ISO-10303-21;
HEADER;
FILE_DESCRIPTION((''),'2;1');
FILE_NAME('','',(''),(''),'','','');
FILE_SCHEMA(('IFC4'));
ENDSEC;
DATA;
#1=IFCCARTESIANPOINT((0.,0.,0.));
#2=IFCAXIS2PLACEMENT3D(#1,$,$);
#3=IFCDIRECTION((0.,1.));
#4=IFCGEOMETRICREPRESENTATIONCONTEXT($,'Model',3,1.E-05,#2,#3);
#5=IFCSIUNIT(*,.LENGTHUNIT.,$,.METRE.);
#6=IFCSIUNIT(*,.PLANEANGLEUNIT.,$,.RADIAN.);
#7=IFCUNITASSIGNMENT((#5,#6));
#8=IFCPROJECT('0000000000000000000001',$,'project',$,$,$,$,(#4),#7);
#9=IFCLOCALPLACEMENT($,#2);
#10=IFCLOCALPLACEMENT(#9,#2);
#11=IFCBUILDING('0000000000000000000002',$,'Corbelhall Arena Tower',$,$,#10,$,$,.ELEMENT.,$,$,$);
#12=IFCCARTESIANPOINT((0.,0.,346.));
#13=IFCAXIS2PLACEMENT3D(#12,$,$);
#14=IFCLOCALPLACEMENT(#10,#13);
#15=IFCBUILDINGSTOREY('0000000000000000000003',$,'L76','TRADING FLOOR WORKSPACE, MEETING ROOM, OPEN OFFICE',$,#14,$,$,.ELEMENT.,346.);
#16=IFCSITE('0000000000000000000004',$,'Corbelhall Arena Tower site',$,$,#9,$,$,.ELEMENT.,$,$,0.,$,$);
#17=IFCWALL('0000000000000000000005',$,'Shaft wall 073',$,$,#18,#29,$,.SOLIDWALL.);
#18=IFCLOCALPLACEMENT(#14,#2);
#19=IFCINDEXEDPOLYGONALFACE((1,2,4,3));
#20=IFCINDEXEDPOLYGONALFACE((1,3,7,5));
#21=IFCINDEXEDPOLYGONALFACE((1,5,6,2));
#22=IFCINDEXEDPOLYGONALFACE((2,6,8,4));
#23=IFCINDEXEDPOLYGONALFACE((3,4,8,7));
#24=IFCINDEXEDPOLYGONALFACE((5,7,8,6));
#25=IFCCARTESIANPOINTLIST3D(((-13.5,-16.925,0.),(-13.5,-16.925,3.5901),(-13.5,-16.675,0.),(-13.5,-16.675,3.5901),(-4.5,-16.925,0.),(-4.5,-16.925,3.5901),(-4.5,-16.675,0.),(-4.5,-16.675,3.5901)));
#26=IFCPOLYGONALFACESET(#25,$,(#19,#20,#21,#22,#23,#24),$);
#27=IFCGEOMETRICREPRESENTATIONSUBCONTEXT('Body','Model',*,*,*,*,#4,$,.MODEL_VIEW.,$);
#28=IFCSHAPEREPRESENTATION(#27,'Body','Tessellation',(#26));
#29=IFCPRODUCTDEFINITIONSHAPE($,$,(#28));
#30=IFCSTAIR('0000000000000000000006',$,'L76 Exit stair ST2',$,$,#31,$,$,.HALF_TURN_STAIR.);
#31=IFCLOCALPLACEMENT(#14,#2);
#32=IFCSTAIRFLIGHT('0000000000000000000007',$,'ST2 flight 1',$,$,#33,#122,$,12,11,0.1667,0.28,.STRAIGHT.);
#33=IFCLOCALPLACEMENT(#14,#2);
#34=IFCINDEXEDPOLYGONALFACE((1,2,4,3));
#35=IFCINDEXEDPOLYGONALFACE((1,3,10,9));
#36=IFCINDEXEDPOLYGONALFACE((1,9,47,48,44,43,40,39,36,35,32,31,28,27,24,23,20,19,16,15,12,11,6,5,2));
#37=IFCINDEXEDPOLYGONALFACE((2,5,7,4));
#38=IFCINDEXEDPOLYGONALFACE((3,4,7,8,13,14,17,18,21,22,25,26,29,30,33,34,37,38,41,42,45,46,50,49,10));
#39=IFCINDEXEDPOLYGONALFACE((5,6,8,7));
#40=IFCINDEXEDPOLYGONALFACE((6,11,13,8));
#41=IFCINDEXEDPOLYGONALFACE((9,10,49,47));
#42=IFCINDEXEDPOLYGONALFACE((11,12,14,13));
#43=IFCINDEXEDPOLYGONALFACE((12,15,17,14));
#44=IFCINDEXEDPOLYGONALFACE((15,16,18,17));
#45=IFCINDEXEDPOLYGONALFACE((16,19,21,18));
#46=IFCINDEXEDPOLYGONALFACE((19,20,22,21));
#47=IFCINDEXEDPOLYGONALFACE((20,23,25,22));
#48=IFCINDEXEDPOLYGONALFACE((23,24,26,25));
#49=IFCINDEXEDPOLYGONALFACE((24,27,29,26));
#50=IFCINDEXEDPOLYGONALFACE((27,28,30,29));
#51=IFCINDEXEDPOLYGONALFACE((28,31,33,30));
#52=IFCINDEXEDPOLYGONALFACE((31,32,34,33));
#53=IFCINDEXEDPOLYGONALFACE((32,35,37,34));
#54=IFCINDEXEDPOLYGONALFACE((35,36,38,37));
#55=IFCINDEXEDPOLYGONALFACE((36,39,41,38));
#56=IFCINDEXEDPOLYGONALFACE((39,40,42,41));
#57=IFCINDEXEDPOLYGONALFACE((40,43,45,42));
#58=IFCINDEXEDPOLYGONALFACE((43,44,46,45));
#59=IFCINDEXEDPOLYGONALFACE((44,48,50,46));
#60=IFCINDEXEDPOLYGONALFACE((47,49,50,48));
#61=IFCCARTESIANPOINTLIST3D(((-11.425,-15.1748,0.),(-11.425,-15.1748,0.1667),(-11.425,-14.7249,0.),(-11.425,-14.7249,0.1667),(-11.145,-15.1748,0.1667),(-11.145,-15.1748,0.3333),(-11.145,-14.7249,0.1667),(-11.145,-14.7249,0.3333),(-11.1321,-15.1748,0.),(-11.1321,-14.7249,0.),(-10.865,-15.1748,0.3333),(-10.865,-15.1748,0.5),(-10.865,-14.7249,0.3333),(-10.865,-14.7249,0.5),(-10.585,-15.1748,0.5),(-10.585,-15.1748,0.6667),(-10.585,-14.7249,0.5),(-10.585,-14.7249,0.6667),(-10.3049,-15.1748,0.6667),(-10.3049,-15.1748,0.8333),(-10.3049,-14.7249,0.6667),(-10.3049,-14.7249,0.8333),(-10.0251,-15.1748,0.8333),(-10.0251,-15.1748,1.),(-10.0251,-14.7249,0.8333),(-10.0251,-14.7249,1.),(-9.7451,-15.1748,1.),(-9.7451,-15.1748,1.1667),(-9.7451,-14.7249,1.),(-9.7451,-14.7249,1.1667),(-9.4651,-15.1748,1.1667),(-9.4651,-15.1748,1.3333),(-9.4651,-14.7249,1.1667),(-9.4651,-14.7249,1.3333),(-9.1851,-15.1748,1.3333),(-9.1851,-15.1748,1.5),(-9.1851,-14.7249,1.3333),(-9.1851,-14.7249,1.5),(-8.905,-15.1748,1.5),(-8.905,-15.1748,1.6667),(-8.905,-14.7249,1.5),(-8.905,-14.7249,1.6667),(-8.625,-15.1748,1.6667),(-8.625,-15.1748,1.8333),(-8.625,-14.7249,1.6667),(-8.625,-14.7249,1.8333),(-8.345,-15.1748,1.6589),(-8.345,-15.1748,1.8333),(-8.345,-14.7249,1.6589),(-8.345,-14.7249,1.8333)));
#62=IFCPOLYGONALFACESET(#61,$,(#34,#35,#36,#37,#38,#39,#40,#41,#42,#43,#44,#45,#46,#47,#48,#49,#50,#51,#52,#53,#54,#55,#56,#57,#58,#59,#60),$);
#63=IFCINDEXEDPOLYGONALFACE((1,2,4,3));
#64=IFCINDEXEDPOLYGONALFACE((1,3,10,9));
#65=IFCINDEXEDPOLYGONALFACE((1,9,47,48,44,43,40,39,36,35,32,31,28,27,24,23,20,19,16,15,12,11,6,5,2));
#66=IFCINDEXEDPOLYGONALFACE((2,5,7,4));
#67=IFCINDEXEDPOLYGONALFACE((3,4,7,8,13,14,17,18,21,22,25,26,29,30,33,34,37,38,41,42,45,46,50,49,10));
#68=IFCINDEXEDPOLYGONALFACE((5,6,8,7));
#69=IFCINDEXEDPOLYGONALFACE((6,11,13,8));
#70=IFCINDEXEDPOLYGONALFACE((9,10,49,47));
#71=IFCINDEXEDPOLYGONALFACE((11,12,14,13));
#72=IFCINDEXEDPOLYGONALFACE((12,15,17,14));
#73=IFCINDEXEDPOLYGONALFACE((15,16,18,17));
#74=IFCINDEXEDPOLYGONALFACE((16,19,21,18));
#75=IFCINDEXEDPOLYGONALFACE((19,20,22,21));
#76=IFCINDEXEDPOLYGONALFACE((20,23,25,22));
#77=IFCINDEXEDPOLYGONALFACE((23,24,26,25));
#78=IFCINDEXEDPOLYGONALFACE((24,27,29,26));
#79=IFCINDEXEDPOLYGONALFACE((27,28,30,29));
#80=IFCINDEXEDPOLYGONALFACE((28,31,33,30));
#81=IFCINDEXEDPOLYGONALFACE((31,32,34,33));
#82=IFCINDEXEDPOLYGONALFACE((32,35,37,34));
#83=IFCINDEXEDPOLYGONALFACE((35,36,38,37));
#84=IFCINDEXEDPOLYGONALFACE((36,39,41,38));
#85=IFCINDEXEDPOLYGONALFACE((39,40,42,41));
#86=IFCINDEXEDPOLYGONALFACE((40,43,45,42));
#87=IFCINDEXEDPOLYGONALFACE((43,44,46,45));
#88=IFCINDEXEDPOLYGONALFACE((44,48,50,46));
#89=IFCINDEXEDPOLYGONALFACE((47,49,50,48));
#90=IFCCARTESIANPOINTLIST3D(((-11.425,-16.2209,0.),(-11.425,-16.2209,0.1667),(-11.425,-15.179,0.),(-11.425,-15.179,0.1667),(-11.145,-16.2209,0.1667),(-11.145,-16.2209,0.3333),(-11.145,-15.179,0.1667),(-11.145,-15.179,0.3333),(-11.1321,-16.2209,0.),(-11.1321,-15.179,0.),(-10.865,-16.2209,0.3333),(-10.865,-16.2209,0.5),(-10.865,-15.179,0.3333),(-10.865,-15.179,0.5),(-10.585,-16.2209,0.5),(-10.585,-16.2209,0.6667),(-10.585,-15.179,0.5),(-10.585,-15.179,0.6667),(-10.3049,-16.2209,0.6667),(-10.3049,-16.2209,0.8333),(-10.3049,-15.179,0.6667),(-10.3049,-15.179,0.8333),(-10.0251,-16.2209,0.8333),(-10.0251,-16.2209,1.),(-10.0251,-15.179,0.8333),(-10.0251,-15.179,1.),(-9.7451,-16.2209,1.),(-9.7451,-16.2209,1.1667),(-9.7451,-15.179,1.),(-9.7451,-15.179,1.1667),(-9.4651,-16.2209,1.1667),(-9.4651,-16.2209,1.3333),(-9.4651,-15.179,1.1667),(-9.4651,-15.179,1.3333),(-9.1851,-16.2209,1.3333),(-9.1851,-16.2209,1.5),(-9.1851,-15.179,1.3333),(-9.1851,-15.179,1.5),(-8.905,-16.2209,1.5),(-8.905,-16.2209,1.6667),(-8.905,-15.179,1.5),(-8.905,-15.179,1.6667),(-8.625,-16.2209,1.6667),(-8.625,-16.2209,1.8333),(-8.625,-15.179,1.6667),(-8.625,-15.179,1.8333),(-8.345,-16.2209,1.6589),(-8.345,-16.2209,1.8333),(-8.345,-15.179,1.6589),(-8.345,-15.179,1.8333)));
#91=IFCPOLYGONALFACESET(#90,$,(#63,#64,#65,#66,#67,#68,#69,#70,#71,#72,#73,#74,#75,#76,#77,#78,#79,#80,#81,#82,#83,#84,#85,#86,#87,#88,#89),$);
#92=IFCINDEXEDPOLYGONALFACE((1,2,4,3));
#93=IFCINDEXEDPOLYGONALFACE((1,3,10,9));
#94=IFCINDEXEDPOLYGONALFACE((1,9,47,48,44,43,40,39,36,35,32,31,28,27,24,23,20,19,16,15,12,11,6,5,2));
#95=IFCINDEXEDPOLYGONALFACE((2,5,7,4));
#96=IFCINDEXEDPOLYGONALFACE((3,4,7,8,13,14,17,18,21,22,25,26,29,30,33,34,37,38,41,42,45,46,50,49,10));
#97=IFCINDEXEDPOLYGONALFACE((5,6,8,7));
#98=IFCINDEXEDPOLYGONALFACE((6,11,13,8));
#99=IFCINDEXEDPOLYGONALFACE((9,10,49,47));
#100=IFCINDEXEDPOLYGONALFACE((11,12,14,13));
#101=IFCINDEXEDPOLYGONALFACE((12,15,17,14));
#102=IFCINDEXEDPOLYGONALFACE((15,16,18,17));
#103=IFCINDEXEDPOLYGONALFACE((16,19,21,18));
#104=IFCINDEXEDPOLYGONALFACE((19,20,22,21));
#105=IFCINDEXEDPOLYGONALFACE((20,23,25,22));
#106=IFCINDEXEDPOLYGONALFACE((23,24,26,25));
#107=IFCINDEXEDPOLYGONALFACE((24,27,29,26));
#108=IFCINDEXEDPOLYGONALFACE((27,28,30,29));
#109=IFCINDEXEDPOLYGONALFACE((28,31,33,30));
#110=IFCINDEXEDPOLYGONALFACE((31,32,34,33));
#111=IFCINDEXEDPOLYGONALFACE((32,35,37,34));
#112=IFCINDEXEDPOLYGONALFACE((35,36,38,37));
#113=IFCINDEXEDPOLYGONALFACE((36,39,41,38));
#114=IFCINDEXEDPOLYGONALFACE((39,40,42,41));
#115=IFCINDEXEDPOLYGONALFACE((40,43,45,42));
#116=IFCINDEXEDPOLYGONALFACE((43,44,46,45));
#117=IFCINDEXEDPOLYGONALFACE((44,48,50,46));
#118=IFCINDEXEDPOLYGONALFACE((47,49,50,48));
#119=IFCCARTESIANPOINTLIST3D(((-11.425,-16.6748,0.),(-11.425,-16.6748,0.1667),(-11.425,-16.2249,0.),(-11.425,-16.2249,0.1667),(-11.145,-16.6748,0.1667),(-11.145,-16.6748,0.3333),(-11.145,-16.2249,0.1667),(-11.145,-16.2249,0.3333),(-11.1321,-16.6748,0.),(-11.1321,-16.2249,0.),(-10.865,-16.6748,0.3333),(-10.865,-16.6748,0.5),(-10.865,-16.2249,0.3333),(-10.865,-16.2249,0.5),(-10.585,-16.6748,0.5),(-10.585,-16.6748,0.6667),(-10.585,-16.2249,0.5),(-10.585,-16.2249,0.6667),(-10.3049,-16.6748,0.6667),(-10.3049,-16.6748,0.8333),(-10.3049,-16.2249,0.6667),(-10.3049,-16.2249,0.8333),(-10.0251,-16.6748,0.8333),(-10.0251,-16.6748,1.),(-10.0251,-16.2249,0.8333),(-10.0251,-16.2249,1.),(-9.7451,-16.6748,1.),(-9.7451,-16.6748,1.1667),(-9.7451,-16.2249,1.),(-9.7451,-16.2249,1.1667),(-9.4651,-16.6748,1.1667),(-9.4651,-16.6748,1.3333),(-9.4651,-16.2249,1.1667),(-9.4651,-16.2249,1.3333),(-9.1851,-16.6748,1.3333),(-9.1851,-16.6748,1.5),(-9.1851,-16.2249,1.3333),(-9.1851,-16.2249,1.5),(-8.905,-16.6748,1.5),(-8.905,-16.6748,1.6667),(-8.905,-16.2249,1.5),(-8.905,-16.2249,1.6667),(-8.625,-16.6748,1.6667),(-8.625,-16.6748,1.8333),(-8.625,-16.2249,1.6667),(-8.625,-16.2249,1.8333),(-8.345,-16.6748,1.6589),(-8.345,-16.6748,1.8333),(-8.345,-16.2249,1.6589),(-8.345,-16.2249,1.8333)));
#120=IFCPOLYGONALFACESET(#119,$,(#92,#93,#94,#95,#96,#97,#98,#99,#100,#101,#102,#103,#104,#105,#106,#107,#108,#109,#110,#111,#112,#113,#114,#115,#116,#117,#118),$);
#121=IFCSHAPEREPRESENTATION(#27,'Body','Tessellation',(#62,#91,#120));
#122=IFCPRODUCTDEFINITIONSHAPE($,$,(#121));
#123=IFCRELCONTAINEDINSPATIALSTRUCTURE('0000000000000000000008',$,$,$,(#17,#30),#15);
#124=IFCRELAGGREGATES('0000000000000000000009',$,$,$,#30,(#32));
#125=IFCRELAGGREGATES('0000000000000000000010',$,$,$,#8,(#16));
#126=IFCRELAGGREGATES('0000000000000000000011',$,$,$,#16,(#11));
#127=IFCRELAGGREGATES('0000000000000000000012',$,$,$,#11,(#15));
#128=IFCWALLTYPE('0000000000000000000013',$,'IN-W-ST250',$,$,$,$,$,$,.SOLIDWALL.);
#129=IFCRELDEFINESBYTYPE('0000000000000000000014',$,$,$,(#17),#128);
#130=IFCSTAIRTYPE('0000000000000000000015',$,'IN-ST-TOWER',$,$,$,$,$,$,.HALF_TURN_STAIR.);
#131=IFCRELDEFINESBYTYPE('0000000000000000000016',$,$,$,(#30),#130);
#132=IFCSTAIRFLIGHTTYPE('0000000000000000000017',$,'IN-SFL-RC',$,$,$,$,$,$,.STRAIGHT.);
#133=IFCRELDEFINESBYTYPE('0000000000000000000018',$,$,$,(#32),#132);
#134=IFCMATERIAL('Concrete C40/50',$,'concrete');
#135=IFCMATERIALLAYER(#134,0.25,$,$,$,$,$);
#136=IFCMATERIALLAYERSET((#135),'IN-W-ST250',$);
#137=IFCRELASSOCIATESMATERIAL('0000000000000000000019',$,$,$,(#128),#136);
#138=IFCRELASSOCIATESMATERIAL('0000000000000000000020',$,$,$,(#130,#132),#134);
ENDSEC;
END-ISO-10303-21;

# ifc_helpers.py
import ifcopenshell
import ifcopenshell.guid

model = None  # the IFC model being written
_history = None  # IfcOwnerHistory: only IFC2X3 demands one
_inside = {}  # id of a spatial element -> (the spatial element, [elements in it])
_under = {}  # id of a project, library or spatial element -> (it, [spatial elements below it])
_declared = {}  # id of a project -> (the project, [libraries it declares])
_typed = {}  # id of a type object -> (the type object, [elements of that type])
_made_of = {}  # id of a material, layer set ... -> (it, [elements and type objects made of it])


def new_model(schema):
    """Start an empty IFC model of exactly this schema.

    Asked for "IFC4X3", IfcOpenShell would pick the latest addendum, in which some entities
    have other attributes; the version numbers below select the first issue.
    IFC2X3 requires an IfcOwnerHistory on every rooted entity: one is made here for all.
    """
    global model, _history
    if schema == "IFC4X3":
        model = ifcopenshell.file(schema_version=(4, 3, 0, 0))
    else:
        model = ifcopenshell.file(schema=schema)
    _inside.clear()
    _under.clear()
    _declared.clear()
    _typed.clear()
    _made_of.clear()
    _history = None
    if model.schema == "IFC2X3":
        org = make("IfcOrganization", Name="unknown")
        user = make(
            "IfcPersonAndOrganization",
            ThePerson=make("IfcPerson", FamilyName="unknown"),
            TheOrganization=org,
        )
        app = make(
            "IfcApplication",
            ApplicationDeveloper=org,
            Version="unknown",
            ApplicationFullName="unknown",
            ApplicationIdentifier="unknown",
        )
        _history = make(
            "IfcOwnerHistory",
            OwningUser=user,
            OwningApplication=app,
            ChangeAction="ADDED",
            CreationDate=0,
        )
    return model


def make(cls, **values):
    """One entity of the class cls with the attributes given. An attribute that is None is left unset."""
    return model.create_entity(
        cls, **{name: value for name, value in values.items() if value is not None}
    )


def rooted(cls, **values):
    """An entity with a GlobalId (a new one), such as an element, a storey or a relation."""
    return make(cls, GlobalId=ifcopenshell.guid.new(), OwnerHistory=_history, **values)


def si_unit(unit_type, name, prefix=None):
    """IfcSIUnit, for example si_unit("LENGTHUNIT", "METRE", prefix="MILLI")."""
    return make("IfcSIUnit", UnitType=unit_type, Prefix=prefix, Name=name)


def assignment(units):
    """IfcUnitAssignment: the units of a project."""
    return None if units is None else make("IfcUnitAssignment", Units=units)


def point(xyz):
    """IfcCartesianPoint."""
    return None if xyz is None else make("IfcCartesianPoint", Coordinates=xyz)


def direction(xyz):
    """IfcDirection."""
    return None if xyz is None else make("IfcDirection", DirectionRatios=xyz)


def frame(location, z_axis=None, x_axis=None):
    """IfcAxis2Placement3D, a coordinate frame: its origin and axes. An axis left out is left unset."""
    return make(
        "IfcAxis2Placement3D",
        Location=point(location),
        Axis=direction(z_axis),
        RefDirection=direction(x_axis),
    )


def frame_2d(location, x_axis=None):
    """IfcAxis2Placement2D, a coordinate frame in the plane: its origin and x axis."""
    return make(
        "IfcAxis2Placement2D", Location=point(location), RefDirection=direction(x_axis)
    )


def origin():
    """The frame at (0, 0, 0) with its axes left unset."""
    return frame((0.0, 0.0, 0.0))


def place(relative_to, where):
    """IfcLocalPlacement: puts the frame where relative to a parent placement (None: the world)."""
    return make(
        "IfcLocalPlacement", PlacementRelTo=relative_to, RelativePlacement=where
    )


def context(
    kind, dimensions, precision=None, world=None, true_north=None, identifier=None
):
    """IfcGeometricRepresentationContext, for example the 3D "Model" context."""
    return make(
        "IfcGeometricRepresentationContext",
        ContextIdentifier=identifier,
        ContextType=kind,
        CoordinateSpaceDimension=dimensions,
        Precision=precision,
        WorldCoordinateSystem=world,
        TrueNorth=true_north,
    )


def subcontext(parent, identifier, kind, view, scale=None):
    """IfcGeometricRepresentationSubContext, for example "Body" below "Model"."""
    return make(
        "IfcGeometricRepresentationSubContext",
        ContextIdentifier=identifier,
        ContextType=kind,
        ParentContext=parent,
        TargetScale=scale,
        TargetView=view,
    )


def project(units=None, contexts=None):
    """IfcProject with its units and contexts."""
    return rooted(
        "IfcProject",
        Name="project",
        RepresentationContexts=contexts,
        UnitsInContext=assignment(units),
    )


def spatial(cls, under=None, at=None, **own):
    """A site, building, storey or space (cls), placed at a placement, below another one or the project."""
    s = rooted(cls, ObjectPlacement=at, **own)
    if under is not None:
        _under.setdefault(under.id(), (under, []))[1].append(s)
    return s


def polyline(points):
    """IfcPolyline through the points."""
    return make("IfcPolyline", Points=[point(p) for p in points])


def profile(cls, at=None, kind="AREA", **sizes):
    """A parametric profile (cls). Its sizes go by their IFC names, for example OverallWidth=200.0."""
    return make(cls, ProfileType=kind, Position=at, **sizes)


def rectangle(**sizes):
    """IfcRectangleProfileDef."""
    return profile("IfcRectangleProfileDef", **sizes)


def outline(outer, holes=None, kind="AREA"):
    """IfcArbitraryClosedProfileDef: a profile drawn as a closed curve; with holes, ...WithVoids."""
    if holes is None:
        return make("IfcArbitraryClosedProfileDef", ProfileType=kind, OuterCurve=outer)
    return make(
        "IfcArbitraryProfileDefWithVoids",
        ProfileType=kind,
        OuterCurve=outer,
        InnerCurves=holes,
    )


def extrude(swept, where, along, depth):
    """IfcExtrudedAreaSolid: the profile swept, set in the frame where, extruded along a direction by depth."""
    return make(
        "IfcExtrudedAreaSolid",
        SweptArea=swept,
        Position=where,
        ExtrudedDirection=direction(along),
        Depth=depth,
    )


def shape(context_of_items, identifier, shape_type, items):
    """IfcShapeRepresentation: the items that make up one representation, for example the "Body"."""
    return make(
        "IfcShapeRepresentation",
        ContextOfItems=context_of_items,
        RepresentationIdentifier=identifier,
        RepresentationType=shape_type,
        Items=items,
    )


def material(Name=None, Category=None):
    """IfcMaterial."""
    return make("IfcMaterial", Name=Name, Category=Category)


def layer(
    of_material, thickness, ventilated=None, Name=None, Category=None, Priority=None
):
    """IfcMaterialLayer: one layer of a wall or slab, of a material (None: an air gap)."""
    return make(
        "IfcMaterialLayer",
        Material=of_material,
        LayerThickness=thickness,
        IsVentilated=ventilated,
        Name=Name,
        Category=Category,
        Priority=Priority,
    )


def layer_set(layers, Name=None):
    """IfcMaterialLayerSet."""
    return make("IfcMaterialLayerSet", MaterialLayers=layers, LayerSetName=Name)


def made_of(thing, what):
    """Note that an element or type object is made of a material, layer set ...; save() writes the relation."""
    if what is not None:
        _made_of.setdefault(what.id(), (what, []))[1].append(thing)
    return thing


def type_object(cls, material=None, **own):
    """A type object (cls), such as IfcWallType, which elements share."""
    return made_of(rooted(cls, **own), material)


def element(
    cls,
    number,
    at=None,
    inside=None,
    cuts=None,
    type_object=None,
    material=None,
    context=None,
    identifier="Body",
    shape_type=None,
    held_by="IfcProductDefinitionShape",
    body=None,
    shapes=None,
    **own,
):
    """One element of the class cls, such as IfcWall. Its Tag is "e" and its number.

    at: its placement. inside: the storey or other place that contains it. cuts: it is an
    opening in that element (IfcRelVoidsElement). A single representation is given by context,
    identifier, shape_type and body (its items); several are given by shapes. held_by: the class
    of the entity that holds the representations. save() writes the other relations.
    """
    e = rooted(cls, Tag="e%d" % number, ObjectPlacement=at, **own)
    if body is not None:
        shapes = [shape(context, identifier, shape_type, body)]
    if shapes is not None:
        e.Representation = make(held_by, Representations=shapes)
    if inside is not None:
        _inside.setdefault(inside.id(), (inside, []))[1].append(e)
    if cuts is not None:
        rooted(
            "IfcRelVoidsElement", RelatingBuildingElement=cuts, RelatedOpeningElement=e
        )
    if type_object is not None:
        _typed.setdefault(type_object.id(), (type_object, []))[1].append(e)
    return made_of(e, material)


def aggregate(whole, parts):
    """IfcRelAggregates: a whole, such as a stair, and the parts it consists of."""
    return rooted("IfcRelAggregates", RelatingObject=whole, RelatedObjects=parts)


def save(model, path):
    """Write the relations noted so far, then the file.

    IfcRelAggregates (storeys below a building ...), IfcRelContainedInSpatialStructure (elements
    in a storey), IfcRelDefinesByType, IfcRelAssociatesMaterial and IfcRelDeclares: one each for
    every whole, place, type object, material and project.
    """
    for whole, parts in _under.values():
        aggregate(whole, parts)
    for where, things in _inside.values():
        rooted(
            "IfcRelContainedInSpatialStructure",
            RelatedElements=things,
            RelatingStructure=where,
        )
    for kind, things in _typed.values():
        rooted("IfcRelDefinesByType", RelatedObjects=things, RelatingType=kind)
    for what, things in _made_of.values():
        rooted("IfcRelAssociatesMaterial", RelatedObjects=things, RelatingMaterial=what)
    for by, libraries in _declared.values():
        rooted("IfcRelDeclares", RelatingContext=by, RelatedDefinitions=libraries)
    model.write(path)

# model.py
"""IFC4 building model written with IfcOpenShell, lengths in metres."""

from ifc_helpers import new_model, si_unit, direction, frame, frame_2d, origin, place, context, subcontext, project, spatial, polyline, rectangle, outline, extrude, material, layer, layer_set, type_object, element, aggregate, save


model = new_model("IFC4")

# Units and contexts
model_context = context("Model", 3, precision=1e-05, world=origin(), true_north=direction((0.0, 1.0)))
body_context = subcontext(model_context, "Body", "Model", "MODEL_VIEW")
ifc_project = project(units=[si_unit("LENGTHUNIT", "METRE"), si_unit("PLANEANGLEUNIT", "RADIAN")], contexts=[model_context])

# Site, building, storey
site_placement = place(None, origin())
site = spatial("IfcSite", under=ifc_project, at=site_placement, Name="Corbelhall Arena Tower site", CompositionType="ELEMENT", RefElevation=0.0)
building_placement = place(site_placement, origin())
building = spatial("IfcBuilding", under=site, at=building_placement, Name="Corbelhall Arena Tower", CompositionType="ELEMENT")
storey_placement = place(building_placement, frame((0.0, 0.0, 346.0)))
storey = spatial("IfcBuildingStorey", under=building, at=storey_placement, Name="L76", Description="TRADING FLOOR WORKSPACE, MEETING ROOM, OPEN OFFICE", CompositionType="ELEMENT", Elevation=346.0)

# Wall
ifc_material_1 = material(Name="Concrete C40/50", Category="concrete")
ifc_layer_1 = layer(ifc_material_1, 0.25)
ifc_layer_set_1 = layer_set([ifc_layer_1], Name="IN-W-ST250")
wall_type_1 = type_object("IfcWallType", Name="IN-W-ST250", PredefinedType="SOLIDWALL", material=ifc_layer_set_1)
wall_1_placement = place(storey_placement, frame((-4.5, -16.8, 0.0), z_axis=(0.0, 0.0, 1.0), x_axis=(-1.0, 0.0, 0.0)))
element("IfcWall", 1, at=wall_1_placement, inside=storey, type_object=wall_type_1, Name="Shaft wall 073", PredefinedType="SOLIDWALL", context=body_context, shape_type="SweptSolid", body=[
    extrude(rectangle(XDim=9.0, YDim=0.25, at=frame_2d((4.5, 0.0))), origin(), (0.0, 0.0, 1.0), 3.5901),
])

# Stair, stair flight
stair_type = type_object("IfcStairType", Name="IN-ST-TOWER", PredefinedType="HALF_TURN_STAIR", material=ifc_material_1)
stair_placement = place(storey_placement, origin())
stair = element("IfcStair", 2, at=stair_placement, inside=storey, type_object=stair_type, Name="L76 Exit stair ST2", PredefinedType="HALF_TURN_STAIR")
stair_flight_type = type_object("IfcStairFlightType", Name="IN-SFL-RC", PredefinedType="STRAIGHT", material=ifc_material_1)
stair_flight_1_placement = place(storey_placement, frame((-11.425, -15.7, 0.0), z_axis=(0.0, 0.0, 1.0), x_axis=(1.0, 0.0, 0.0)))
stair_flight_1 = element("IfcStairFlight", 3, at=stair_flight_1_placement, type_object=stair_flight_type, Name="ST2 flight 1", NumberOfRisers=12, NumberOfTreads=11, PredefinedType="STRAIGHT", RiserHeight=0.1667, TreadLength=0.28, context=body_context, shape_type="SweptSolid", body=[
    extrude(outline(polyline([(0.0, 0.0), (0.0, 0.1667), (0.28, 0.1667), (0.28, 0.3333), (0.5601, 0.3333), (0.5601, 0.5), (0.8401, 0.5), (0.8401, 0.6667), (1.1201, 0.6667), (1.1201, 0.8333), (1.3999, 0.8333), (1.3999, 1.0), (1.6799, 1.0), (1.6799, 1.1667), (1.96, 1.1667), (1.96, 1.3333), (2.24, 1.3333), (2.24, 1.5), (2.52, 1.5), (2.52, 1.6667), (2.8, 1.6667), (2.8, 1.8333), (3.0801, 1.8333), (3.0801, 2.0), (3.0801, 1.6589), (0.293, 0.0), (0.0, 0.0)])), frame((0.0, 0.9751, 0.0), z_axis=(0.0, -1.0, 0.0), x_axis=(1.0, 0.0, 0.0)), (0.0, 0.0, 1.0), 0.45),
    extrude(outline(polyline([(0.0, 0.0), (0.0, 0.1667), (0.28, 0.1667), (0.28, 0.3333), (0.5601, 0.3333), (0.5601, 0.5), (0.8401, 0.5), (0.8401, 0.6667), (1.1201, 0.6667), (1.1201, 0.8333), (1.3999, 0.8333), (1.3999, 1.0), (1.6799, 1.0), (1.6799, 1.1667), (1.96, 1.1667), (1.96, 1.3333), (2.24, 1.3333), (2.24, 1.5), (2.52, 1.5), (2.52, 1.6667), (2.8, 1.6667), (2.8, 1.8333), (3.0801, 1.8333), (3.0801, 2.0), (3.0801, 1.6589), (0.293, 0.0), (0.0, 0.0)])), frame((0.0, 0.521, 0.0), z_axis=(0.0, -1.0, 0.0), x_axis=(1.0, 0.0, 0.0)), (0.0, 0.0, 1.0), 1.042),
    extrude(outline(polyline([(0.0, 0.0), (0.0, 0.1667), (0.28, 0.1667), (0.28, 0.3333), (0.5601, 0.3333), (0.5601, 0.5), (0.8401, 0.5), (0.8401, 0.6667), (1.1201, 0.6667), (1.1201, 0.8333), (1.3999, 0.8333), (1.3999, 1.0), (1.6799, 1.0), (1.6799, 1.1667), (1.96, 1.1667), (1.96, 1.3333), (2.24, 1.3333), (2.24, 1.5), (2.52, 1.5), (2.52, 1.6667), (2.8, 1.6667), (2.8, 1.8333), (3.0801, 1.8333), (3.0801, 2.0), (3.0801, 1.6589), (0.293, 0.0), (0.0, 0.0)])), frame((0.0, -0.5249, 0.0), z_axis=(0.0, -1.0, 0.0), x_axis=(1.0, 0.0, 0.0)), (0.0, 0.0, 1.0), 0.45),
])
aggregate(stair, [stair_flight_1])

save(model, "model.ifc")
